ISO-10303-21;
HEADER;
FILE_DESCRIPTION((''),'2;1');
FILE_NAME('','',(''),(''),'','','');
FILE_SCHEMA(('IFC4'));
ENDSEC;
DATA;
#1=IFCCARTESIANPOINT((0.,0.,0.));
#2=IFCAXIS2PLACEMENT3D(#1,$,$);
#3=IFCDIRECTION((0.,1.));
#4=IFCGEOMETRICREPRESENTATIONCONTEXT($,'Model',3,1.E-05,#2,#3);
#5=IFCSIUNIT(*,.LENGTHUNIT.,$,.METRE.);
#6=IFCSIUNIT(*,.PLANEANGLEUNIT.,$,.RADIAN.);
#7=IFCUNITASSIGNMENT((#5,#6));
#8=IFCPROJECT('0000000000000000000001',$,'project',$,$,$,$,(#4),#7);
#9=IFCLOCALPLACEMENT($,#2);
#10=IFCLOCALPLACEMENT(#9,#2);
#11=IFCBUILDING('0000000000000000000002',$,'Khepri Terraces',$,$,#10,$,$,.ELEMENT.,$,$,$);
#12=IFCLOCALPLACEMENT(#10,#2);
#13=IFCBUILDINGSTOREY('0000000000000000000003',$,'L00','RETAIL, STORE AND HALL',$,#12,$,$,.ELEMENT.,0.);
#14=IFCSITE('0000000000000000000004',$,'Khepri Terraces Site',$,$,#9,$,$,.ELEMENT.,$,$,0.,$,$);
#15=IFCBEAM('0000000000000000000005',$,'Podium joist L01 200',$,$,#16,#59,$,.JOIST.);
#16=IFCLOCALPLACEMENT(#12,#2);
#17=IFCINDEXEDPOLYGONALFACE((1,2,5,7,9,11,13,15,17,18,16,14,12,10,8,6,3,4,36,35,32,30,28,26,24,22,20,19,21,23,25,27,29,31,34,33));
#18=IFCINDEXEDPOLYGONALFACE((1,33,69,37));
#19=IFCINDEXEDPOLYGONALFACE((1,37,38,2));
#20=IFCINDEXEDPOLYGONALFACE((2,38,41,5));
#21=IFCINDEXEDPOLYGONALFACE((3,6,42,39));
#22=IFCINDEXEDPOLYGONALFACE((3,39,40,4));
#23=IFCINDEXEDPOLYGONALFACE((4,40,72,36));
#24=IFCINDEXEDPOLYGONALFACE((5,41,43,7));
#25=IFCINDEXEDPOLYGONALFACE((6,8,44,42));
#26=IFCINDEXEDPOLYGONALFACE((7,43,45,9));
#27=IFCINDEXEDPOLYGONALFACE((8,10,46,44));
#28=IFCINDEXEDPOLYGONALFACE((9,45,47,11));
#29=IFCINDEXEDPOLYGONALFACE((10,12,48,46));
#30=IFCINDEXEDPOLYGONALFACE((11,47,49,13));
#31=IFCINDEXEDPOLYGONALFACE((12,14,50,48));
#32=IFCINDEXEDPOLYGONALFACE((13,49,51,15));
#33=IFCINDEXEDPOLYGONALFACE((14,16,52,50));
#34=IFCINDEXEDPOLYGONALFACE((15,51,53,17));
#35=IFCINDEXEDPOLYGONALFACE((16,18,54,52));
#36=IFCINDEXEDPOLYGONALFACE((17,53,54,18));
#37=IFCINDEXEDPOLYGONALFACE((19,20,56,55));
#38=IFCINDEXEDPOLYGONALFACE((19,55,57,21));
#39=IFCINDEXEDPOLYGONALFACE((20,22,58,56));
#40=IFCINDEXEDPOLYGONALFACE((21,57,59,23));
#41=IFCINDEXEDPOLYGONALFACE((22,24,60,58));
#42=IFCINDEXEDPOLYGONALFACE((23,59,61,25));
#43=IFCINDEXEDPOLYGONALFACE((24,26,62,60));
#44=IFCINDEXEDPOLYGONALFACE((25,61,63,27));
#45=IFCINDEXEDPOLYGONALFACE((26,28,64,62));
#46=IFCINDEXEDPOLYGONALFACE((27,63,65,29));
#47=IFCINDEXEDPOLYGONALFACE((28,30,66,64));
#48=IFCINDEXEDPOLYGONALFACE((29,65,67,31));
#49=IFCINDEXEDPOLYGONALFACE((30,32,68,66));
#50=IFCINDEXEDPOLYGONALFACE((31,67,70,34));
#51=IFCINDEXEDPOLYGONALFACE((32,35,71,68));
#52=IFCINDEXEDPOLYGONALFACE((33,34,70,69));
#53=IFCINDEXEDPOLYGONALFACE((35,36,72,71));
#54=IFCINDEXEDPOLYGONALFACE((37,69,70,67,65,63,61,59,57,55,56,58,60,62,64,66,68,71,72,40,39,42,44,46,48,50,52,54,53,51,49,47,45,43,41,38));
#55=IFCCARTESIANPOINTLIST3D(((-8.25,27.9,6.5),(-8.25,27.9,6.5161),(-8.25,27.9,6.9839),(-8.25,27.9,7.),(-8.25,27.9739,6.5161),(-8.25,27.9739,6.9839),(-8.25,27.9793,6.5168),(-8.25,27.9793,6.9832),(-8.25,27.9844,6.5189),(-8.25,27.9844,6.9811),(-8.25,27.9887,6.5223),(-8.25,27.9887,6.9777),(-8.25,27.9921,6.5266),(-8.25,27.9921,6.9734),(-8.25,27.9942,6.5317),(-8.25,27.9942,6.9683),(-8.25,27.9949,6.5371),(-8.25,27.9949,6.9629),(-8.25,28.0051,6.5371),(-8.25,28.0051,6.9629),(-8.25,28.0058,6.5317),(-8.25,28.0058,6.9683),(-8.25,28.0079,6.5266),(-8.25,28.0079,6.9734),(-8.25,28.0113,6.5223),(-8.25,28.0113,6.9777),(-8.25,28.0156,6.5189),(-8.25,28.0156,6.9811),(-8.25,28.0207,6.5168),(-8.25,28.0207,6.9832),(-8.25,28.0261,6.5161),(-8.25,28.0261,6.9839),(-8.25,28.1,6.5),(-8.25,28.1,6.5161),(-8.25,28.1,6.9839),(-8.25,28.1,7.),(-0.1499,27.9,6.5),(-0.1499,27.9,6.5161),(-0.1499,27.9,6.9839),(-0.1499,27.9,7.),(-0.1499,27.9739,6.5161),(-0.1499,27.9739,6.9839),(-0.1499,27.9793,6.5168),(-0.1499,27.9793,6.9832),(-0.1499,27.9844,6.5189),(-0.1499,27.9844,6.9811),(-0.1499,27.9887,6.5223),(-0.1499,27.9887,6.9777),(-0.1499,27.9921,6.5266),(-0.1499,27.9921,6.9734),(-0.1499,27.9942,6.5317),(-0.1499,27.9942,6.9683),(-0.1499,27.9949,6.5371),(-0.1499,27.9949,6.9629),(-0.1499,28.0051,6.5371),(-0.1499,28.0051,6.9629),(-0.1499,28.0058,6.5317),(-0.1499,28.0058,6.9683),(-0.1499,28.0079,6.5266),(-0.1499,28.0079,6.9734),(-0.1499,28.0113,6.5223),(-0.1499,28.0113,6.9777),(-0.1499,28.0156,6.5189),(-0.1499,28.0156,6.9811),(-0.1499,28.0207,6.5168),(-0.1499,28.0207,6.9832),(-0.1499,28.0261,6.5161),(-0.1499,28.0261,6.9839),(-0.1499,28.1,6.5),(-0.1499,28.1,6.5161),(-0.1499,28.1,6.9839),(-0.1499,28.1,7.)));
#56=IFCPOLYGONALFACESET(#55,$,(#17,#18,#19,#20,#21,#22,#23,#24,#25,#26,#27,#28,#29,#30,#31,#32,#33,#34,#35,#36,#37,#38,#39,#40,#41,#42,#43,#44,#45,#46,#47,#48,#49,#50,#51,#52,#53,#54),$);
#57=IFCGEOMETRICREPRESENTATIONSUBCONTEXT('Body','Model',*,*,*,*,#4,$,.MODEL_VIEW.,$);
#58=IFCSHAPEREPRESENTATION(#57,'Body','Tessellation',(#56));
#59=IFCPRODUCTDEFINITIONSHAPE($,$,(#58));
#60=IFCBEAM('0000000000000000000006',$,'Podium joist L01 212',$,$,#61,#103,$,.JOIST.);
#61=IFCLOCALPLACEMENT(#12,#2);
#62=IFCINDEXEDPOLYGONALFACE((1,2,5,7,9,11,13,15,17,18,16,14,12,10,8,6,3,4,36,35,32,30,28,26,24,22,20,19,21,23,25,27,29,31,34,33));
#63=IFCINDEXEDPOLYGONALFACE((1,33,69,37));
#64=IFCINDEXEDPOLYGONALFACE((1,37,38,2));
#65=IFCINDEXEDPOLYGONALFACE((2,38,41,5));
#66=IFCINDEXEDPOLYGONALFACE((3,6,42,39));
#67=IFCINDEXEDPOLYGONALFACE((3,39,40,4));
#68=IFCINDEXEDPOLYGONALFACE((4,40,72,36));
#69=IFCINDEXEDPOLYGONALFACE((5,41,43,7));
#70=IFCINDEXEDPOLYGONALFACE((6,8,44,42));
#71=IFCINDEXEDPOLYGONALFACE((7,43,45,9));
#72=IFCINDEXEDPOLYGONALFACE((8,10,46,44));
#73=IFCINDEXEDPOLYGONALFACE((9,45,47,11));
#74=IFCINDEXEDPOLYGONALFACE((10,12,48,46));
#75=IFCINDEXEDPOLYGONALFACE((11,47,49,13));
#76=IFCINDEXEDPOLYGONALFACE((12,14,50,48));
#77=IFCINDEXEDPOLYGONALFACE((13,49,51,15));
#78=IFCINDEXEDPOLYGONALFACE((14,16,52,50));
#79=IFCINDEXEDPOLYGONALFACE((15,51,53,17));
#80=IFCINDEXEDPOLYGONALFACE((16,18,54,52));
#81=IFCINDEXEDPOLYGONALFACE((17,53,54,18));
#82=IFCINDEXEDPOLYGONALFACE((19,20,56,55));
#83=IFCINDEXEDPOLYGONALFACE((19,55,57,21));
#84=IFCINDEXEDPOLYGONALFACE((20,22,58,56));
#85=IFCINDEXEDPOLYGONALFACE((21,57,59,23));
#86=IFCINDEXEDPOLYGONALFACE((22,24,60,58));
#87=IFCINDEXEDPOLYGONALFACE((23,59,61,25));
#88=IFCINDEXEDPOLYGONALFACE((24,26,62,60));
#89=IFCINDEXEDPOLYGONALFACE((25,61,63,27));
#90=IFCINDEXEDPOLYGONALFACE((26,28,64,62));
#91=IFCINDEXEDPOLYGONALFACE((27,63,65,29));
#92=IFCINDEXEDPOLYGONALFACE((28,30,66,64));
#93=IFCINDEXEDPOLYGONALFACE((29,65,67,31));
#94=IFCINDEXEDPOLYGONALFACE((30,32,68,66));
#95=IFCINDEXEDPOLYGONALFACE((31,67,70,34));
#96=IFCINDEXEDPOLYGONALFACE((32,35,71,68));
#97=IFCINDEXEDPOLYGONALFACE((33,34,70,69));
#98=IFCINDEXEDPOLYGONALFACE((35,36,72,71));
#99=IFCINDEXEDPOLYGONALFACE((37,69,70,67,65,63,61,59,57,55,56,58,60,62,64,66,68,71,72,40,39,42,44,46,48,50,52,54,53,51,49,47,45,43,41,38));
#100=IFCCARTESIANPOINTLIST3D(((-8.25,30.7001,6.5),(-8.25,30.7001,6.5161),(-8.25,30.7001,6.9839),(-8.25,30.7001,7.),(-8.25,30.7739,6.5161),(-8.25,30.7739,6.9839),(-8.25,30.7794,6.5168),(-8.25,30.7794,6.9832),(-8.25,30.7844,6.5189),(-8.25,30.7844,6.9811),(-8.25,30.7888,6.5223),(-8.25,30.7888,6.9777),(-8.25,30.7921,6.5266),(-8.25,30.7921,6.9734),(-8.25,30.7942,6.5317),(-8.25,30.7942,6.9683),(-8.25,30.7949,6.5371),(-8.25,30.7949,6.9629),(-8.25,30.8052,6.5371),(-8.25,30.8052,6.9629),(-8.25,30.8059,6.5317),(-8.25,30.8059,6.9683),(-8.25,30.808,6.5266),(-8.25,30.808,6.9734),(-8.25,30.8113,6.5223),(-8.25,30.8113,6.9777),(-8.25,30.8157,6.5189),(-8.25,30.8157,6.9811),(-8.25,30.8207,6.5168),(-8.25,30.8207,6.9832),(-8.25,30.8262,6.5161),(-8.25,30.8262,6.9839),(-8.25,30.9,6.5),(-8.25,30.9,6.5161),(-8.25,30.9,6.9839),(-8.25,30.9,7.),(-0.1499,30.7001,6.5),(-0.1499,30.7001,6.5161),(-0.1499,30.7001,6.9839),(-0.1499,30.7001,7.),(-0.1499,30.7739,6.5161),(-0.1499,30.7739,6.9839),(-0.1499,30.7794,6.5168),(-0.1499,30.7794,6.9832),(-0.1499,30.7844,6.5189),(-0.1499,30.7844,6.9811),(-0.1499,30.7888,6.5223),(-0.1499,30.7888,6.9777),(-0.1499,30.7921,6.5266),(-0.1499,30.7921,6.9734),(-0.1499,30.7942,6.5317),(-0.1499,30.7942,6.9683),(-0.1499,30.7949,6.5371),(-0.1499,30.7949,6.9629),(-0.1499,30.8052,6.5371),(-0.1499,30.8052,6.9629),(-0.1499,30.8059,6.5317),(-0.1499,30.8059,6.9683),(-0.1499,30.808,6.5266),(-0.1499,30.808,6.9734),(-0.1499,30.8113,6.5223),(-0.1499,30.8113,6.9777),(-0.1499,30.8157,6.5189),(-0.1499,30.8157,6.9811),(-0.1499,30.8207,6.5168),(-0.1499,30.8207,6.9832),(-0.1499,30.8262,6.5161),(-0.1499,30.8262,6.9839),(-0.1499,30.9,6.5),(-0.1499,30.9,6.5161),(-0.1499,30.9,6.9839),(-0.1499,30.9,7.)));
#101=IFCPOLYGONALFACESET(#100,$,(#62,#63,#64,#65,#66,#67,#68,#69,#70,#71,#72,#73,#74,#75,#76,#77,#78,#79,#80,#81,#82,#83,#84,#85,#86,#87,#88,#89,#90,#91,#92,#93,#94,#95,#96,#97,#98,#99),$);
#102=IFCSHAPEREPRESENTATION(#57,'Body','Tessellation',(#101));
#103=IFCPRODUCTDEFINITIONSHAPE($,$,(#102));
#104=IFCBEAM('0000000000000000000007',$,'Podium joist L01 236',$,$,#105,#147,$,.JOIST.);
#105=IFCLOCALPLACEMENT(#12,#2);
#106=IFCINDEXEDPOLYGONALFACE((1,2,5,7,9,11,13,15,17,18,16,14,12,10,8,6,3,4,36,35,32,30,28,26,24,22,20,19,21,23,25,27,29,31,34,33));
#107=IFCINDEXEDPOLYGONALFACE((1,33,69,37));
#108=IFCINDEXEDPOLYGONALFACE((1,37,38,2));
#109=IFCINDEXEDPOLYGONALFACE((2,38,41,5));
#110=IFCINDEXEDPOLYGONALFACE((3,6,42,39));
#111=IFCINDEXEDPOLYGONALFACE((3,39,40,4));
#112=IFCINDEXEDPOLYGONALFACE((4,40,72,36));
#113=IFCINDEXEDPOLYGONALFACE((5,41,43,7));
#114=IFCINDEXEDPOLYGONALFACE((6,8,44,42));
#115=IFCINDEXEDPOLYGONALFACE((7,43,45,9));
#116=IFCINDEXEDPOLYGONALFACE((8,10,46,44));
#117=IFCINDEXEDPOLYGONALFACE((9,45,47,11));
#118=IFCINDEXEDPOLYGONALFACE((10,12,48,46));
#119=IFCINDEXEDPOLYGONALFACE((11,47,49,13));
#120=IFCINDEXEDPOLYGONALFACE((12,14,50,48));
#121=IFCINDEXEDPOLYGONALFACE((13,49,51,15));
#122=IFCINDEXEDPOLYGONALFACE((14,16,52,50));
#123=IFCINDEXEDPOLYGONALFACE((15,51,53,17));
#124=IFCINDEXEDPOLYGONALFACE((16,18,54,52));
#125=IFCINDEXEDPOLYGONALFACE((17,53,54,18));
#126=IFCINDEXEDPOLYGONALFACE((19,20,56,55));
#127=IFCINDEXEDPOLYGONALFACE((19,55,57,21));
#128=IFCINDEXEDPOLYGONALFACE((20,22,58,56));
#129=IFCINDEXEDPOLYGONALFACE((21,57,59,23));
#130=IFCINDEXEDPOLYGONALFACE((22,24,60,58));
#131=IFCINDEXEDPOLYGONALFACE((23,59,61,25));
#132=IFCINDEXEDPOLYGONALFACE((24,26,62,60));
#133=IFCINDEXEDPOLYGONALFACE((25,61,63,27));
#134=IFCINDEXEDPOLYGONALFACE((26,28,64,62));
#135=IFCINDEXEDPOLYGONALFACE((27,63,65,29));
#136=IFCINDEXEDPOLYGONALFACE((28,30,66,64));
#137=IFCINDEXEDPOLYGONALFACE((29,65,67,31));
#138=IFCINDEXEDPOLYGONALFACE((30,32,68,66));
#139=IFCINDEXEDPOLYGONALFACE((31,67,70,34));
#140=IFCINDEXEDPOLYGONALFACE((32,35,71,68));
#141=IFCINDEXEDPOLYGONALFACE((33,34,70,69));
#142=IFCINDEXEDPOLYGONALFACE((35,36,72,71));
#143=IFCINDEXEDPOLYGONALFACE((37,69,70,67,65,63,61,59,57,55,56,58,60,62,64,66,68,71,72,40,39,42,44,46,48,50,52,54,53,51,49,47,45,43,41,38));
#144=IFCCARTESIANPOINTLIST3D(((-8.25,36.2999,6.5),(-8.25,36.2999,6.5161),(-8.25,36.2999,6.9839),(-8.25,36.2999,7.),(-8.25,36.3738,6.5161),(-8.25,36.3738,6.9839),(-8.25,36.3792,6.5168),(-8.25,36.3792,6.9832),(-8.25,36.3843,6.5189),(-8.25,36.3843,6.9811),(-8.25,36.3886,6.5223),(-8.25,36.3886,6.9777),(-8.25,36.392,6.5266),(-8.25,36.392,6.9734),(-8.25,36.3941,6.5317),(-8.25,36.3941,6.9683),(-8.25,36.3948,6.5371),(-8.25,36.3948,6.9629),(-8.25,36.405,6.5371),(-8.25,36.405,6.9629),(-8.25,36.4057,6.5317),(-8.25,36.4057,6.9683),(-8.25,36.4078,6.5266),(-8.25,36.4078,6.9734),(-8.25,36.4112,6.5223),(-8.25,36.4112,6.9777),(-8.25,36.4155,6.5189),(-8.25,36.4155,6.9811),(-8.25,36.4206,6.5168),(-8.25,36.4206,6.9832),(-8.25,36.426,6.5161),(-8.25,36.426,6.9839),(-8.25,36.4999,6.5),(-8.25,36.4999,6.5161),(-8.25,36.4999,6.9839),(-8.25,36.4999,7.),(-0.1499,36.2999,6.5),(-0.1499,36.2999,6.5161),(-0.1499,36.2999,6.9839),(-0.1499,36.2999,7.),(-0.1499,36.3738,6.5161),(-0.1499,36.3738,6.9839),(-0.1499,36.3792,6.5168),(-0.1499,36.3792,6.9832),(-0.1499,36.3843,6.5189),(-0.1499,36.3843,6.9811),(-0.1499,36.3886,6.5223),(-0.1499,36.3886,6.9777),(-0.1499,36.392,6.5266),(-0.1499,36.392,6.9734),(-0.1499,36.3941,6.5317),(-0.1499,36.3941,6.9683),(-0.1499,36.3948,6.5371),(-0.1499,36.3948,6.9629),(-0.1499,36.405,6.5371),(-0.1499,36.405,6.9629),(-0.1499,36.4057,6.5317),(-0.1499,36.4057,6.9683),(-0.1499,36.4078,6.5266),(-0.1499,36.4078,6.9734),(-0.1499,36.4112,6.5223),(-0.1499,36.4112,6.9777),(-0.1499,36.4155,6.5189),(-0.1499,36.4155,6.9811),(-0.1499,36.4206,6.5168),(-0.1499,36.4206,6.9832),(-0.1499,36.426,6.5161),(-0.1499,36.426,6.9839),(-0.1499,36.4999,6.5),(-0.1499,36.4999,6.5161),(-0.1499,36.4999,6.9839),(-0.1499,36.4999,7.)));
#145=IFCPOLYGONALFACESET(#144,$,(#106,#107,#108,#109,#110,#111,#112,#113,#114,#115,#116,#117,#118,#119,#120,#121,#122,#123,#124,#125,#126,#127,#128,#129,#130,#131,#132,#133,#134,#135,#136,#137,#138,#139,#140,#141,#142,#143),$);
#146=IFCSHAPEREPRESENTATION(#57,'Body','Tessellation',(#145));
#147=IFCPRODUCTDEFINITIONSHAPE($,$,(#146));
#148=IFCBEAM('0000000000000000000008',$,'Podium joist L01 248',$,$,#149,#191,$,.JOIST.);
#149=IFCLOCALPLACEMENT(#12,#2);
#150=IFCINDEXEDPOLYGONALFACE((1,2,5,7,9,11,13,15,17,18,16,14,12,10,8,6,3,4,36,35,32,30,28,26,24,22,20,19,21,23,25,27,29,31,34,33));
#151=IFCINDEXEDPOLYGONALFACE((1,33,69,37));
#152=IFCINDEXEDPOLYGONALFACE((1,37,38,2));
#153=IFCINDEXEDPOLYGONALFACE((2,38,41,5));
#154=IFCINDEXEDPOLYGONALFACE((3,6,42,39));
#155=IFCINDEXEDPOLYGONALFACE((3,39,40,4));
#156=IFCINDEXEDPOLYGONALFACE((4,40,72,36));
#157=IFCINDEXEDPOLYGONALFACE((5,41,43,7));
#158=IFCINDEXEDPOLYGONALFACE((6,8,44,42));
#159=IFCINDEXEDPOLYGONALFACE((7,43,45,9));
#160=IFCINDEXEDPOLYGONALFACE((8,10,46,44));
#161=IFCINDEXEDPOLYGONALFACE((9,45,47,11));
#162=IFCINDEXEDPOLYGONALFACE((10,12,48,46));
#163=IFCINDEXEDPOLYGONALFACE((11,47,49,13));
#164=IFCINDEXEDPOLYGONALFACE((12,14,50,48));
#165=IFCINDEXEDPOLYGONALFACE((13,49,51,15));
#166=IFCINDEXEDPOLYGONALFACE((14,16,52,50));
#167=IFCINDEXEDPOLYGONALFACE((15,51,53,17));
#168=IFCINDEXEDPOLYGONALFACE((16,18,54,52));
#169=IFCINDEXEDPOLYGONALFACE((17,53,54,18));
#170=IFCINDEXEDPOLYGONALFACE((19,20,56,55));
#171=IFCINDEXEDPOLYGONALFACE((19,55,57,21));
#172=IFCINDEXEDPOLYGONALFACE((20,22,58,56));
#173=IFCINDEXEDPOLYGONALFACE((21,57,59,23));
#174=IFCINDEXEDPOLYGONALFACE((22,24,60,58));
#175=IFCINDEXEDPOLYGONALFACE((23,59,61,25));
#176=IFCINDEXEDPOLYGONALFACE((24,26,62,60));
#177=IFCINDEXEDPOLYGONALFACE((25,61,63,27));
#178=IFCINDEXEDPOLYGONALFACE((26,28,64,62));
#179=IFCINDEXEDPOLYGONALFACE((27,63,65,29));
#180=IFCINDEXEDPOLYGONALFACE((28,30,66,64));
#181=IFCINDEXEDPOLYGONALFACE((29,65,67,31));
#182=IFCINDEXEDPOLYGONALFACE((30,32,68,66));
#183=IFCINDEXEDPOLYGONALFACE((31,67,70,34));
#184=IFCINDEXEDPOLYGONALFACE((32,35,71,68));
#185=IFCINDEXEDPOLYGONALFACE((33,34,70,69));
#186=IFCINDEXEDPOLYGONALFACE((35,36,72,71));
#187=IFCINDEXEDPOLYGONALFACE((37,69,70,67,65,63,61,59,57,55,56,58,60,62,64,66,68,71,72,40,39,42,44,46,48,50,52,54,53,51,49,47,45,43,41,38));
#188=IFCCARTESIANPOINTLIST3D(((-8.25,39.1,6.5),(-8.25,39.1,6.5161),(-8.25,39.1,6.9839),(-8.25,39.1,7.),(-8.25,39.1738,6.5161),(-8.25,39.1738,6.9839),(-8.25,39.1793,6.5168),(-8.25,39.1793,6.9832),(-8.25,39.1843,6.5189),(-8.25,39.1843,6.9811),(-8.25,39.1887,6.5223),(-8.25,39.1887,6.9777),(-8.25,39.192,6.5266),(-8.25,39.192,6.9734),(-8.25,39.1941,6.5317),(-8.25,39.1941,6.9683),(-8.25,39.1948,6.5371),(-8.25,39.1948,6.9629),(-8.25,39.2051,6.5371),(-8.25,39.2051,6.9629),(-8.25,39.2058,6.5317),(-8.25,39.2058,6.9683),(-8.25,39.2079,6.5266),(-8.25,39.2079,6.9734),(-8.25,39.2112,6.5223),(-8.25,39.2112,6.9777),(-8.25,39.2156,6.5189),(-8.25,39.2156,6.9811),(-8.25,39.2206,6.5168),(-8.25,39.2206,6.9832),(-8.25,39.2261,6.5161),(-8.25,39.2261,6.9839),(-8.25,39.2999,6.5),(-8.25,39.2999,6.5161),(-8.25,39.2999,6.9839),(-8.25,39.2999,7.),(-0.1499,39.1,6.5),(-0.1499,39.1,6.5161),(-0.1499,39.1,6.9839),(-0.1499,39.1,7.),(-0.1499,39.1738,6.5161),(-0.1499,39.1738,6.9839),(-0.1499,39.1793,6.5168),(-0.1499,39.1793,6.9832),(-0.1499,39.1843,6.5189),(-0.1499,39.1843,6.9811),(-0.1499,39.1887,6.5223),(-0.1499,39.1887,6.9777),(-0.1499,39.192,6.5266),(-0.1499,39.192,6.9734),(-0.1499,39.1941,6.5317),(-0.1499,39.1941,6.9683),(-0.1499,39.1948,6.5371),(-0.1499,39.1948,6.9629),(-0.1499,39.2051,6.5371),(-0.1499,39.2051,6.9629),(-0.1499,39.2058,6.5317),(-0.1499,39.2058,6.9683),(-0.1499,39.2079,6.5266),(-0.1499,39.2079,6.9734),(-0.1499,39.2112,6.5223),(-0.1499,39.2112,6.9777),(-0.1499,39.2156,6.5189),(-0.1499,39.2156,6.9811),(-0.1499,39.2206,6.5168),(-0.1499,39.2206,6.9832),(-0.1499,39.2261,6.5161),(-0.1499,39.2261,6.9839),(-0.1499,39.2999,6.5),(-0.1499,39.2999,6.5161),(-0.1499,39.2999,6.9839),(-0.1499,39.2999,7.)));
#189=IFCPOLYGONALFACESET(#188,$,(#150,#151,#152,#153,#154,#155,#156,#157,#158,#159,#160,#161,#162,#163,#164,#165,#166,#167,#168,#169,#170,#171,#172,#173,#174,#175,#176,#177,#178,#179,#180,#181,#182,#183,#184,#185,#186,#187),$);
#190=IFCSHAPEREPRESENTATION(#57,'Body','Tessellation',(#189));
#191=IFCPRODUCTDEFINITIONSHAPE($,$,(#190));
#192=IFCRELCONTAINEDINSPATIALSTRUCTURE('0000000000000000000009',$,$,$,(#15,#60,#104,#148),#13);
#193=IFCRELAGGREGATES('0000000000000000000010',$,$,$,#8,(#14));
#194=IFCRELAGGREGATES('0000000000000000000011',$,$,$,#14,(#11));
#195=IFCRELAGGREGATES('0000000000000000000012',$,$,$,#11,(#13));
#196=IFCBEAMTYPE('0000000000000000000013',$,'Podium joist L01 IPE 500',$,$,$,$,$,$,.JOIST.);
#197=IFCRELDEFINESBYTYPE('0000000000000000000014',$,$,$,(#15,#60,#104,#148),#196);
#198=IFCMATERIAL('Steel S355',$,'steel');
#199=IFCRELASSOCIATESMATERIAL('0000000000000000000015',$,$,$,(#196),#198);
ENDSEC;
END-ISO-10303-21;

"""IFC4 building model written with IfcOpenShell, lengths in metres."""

from ifc_helpers import new_model, si_unit, direction, frame, origin, origin_2d, place, context, subcontext, project, spatial, i_section, extrude, material, material_profile, profile_set, type_object, element, save


model = new_model("IFC4")

# Units and contexts
model_context = context("Model", 3, precision=1e-05, world=origin(), true_north=direction((0.0, 1.0)))
body_context = subcontext(model_context, "Body", "Model", "MODEL_VIEW")
ifc_project = project(units=[si_unit("LENGTHUNIT", "METRE"), si_unit("PLANEANGLEUNIT", "RADIAN")], contexts=[model_context])

# Site, building, storey
site_placement = place(None, origin())
site = spatial("IfcSite", under=ifc_project, at=site_placement, Name="Khepri Terraces Site", CompositionType="ELEMENT", RefElevation=0.0)
building_placement = place(site_placement, origin())
building = spatial("IfcBuilding", under=site, at=building_placement, Name="Khepri Terraces", CompositionType="ELEMENT")
storey_placement = place(building_placement, origin())
storey = spatial("IfcBuildingStorey", under=building, at=storey_placement, Name="L00", Description="RETAIL, STORE AND HALL", CompositionType="ELEMENT", Elevation=0.0)

# Beams
ifc_material_1 = material(Name="Steel S355", Category="steel")
ifc_material_profile_1 = material_profile(ifc_material_1, i_section(OverallWidth=0.2, OverallDepth=0.5, WebThickness=0.0103, FlangeThickness=0.0161, FilletRadius=0.021, at=origin_2d()), Name="Steel S355", Category="steel")
ifc_profile_set_1 = profile_set([ifc_material_profile_1], Name="Steel S355")
beam_type_1 = type_object("IfcBeamType", Name="Podium joist L01 IPE 500", PredefinedType="JOIST", material=ifc_profile_set_1)
for number, where, z_axis, x_axis, name in (
    (1, (-8.25, 28.0, 6.75), (1.0, 0.0, 0.0), (0.0, 1.0, 0.0), "Podium joist L01 200"),
    (2, (-8.25, 30.8, 6.75), (1.0, 0.0, 0.0), (0.0, 1.0, 0.0), "Podium joist L01 212"),
    (3, (-8.25, 36.3999, 6.75), (1.0, 0.0, 0.0), (0.0, 1.0, 0.0), "Podium joist L01 236"),
    (4, (-8.25, 39.2, 6.75), (1.0, 0.0, 0.0), (0.0, 1.0, 0.0), "Podium joist L01 248"),
):
    element("IfcBeam", number, at=place(storey_placement, frame(where, z_axis=z_axis, x_axis=x_axis)), inside=storey, type_object=beam_type_1, Name=name, PredefinedType="JOIST", context=body_context, shape_type="SweptSolid", body=[
        extrude(i_section(OverallWidth=0.2, OverallDepth=0.5, WebThickness=0.0103, FlangeThickness=0.0161, FilletRadius=0.021, at=origin_2d()), origin(), (0.0, 0.0, 1.0), 8.1001),
    ])

save(model, "model.ifc")
